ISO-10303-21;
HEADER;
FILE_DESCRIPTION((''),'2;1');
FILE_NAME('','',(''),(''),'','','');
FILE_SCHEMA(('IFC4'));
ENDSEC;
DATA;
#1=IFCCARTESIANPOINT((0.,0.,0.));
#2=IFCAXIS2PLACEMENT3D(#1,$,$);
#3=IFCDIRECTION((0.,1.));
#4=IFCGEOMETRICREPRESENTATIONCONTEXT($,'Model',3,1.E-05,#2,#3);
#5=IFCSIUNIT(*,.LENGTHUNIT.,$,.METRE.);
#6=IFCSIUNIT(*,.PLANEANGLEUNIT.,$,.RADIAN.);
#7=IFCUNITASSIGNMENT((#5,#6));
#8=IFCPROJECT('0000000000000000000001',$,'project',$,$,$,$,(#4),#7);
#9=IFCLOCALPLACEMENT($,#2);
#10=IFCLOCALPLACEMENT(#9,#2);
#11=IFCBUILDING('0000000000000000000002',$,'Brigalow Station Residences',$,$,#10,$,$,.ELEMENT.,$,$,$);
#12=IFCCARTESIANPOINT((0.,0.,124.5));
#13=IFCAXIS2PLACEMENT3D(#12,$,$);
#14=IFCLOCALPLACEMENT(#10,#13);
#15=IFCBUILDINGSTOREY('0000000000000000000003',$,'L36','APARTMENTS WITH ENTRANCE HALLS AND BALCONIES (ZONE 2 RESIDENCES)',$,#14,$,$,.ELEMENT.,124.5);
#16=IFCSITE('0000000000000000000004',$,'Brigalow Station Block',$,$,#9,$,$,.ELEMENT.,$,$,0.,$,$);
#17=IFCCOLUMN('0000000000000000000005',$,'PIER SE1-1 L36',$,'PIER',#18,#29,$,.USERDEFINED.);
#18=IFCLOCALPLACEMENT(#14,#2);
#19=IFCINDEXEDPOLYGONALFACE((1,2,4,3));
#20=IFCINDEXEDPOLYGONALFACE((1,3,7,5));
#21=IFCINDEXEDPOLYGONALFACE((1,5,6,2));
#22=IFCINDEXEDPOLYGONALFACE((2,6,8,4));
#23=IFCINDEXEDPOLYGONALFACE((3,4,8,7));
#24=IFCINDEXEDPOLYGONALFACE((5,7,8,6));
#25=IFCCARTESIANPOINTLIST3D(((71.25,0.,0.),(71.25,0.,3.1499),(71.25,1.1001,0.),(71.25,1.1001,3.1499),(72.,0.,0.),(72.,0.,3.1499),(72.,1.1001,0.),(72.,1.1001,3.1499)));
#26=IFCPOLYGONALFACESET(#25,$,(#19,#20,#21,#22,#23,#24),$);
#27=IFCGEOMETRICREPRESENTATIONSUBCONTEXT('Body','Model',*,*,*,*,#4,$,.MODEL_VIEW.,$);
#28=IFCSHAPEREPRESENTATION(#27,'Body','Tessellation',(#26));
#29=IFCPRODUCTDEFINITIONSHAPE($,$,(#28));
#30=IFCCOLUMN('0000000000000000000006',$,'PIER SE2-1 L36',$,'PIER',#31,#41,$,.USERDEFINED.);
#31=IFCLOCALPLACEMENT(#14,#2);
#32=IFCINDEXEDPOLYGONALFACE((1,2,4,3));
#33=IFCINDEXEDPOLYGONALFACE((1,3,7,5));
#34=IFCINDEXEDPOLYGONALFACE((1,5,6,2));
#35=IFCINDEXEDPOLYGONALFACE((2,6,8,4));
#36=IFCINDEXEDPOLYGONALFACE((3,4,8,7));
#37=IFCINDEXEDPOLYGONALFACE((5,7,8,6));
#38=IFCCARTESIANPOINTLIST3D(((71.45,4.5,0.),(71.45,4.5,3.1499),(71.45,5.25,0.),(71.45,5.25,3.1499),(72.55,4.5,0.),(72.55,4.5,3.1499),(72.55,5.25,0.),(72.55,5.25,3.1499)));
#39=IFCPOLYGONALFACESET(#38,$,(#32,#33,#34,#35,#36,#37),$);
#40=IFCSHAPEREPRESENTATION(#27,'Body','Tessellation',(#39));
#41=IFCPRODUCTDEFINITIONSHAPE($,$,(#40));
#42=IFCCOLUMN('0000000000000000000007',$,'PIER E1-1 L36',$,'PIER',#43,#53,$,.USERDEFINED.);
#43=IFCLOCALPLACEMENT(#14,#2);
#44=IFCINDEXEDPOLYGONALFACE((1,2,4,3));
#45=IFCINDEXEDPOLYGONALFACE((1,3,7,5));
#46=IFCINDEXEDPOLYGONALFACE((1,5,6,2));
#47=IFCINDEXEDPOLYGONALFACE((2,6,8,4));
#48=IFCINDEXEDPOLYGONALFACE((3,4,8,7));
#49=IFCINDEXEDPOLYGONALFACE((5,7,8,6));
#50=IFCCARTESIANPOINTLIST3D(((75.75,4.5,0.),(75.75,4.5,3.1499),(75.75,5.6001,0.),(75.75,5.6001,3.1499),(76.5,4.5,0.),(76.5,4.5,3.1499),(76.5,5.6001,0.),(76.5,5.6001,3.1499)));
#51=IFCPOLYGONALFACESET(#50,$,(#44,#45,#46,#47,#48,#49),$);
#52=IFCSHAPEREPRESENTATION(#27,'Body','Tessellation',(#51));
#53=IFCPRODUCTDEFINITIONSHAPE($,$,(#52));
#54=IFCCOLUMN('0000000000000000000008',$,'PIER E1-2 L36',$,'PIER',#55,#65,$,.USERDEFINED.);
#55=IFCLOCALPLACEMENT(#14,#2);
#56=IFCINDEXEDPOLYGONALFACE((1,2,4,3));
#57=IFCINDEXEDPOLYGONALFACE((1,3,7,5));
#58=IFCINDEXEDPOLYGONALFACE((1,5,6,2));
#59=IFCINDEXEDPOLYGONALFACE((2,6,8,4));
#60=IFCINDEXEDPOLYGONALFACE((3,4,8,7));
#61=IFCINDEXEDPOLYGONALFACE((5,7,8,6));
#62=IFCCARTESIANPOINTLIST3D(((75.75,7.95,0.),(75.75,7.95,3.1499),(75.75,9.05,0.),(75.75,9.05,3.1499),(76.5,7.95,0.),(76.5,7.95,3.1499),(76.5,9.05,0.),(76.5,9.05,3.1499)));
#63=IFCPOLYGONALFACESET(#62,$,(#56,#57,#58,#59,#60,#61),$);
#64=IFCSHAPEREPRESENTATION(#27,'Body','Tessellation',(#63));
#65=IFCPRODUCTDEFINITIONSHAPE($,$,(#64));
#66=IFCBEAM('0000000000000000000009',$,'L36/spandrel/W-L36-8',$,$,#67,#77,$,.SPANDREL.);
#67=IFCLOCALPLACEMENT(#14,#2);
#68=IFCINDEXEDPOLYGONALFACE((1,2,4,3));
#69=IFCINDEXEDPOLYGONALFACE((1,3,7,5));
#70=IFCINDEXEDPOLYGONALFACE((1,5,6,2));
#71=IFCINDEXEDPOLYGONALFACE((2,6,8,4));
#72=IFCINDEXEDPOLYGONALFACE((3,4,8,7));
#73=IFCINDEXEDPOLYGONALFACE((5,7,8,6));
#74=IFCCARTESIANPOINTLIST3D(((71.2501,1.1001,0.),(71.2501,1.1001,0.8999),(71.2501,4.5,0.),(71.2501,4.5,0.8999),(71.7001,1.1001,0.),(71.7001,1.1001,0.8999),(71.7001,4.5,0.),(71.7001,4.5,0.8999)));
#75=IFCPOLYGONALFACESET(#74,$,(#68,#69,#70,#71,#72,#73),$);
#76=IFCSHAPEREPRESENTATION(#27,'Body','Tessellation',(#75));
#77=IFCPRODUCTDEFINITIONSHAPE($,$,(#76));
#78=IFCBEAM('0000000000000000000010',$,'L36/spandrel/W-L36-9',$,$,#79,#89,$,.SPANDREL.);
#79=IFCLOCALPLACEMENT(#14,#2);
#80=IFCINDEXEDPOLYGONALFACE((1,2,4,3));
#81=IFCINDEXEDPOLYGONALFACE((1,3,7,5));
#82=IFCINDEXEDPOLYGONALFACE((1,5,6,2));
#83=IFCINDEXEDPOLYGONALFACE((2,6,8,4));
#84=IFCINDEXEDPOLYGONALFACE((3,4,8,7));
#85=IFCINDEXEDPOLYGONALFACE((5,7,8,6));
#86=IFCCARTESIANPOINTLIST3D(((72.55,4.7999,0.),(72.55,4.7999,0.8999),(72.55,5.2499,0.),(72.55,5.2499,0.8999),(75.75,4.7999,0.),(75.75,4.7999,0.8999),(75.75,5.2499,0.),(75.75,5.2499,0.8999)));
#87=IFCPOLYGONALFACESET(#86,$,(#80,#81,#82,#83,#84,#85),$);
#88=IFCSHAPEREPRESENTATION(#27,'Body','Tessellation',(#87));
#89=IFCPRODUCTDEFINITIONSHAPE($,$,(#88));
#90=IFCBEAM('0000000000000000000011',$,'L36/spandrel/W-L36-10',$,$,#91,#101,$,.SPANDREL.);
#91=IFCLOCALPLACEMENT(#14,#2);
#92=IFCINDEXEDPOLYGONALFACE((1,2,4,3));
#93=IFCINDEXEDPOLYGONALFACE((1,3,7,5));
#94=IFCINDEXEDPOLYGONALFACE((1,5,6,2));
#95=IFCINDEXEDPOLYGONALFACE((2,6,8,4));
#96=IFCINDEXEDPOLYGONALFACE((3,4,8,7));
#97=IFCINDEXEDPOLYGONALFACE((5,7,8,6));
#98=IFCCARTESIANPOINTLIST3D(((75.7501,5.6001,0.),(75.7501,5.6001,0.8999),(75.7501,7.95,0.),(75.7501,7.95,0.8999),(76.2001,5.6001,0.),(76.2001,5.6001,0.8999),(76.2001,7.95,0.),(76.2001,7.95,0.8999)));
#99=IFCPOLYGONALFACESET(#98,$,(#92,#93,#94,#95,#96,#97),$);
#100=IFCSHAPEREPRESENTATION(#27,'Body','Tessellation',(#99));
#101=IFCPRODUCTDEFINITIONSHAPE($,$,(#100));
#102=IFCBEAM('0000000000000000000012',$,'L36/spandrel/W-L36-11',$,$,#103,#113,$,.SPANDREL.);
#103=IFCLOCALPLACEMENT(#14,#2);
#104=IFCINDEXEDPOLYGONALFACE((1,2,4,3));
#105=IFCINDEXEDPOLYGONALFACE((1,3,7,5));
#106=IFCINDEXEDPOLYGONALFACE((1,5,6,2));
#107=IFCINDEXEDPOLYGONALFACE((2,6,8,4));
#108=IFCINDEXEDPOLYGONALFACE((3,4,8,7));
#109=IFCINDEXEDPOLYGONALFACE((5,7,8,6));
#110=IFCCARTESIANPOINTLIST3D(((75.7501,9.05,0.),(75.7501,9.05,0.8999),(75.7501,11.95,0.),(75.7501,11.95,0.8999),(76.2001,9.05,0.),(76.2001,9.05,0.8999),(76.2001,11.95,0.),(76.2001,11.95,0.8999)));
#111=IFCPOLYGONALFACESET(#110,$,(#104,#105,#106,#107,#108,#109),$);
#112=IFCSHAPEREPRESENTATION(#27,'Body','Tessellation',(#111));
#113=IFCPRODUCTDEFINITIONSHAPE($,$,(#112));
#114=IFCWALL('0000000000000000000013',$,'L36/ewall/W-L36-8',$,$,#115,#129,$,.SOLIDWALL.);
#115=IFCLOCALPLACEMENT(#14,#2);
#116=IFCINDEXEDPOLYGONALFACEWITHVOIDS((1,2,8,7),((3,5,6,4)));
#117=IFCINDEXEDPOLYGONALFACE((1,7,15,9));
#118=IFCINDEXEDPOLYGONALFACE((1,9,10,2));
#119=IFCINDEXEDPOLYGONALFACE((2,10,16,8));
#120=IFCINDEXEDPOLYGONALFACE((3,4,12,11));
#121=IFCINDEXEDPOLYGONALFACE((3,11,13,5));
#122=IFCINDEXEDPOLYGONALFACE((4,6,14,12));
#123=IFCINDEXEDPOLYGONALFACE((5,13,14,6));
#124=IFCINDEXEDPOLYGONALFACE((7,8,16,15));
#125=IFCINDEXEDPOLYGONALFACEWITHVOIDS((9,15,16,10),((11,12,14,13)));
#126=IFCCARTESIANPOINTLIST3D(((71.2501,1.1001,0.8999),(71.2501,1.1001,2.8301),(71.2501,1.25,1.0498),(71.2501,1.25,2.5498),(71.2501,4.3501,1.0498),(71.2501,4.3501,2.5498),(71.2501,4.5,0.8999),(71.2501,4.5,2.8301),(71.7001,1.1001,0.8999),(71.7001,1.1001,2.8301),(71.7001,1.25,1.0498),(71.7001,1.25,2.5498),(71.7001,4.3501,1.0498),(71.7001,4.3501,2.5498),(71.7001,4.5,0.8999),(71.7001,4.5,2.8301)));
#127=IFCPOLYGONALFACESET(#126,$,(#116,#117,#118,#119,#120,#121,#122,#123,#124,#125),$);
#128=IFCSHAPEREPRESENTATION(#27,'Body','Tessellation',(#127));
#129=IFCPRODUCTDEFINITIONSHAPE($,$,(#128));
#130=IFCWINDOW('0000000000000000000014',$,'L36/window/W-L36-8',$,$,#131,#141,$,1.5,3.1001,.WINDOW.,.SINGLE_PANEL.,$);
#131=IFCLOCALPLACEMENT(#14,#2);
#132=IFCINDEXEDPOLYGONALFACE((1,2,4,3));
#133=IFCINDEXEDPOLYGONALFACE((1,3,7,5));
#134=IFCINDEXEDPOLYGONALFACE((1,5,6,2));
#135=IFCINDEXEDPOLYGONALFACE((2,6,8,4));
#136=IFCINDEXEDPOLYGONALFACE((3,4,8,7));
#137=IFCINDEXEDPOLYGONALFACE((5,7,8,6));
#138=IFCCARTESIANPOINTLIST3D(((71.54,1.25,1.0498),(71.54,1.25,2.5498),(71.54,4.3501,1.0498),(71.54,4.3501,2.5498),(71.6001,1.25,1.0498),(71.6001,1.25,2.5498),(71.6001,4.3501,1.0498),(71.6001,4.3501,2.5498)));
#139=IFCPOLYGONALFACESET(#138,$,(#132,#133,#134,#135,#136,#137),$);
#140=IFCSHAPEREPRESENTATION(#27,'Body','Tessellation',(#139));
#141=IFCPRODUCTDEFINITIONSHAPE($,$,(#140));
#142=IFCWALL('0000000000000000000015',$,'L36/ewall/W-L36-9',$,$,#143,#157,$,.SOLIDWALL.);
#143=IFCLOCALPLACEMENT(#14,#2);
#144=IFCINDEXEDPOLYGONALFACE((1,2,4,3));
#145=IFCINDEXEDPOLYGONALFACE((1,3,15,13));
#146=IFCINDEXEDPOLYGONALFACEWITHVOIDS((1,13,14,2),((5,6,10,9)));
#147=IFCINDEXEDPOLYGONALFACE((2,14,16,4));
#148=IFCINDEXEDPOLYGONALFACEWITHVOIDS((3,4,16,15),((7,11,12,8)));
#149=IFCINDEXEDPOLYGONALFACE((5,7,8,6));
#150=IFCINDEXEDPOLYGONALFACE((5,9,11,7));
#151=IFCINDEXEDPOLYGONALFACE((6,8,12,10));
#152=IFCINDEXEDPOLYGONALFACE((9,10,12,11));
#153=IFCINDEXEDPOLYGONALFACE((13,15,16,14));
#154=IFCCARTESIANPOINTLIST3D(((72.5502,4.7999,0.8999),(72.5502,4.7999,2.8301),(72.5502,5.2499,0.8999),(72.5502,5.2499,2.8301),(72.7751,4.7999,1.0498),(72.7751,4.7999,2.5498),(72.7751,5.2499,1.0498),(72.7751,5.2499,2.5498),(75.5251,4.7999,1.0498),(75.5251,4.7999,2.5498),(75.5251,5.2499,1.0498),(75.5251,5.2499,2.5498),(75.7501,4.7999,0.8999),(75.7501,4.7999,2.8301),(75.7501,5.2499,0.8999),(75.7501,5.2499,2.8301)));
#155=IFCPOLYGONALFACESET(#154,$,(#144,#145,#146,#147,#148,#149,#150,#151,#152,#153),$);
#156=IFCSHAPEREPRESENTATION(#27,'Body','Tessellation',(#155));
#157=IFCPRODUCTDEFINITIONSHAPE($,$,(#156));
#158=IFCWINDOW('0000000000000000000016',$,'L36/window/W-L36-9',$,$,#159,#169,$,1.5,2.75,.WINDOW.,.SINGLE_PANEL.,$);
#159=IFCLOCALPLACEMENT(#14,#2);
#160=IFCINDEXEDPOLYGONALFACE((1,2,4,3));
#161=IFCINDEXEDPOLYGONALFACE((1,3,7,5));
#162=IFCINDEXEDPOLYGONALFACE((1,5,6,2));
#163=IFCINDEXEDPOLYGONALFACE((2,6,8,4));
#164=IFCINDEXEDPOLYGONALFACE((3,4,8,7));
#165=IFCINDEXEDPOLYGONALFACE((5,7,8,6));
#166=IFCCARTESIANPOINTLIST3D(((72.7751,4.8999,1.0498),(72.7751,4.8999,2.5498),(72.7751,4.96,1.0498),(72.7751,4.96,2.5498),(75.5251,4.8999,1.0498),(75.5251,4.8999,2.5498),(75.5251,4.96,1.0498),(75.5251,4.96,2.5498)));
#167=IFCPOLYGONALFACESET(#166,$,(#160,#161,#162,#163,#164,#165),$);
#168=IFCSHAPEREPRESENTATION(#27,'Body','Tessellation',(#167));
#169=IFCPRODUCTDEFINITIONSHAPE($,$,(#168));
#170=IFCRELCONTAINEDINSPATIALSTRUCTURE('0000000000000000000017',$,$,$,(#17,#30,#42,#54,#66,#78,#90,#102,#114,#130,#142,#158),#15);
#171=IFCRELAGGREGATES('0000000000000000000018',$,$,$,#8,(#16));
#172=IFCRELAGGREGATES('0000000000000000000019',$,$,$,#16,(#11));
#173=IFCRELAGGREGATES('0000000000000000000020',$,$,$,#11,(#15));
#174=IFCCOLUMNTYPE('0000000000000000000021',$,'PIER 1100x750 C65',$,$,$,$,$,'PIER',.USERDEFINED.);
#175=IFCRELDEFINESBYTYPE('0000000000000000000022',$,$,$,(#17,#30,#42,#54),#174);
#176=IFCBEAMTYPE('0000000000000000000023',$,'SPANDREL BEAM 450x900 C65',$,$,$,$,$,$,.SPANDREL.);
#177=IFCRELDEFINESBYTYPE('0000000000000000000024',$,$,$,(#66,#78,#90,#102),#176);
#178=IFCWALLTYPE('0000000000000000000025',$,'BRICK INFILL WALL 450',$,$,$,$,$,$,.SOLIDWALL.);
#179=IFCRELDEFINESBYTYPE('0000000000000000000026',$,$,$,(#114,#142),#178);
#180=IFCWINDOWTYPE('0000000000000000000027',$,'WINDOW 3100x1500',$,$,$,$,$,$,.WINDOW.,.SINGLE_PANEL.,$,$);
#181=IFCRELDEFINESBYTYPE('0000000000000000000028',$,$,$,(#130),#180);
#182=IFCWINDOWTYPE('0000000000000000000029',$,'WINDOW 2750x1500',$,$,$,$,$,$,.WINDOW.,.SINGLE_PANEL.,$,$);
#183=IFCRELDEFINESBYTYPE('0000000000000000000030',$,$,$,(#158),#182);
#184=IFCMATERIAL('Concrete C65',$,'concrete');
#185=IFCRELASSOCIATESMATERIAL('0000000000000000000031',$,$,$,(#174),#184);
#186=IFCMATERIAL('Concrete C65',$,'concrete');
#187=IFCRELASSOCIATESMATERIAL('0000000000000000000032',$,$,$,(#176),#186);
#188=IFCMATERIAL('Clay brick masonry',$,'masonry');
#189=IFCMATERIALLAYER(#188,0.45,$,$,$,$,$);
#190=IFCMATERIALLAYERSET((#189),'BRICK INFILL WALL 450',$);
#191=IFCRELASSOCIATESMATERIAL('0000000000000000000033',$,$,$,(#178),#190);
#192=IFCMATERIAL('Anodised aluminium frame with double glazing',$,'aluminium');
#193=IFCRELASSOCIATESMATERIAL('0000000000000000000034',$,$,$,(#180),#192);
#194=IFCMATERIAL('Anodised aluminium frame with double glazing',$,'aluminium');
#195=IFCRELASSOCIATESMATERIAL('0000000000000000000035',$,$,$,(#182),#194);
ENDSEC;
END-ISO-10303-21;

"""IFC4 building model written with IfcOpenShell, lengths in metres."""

from ifc_helpers import new_model, si_unit, direction, frame, frame_2d, origin, origin_2d, place, context, subcontext, project, spatial, rectangle, extrude, material, layer, layer_set, material_profile, profile_set, type_object, element, fill, save


model = new_model("IFC4")

# Units and contexts
model_context = context("Model", 3, precision=1e-05, world=origin(), true_north=direction((0.0, 1.0)))
body_context = subcontext(model_context, "Body", "Model", "MODEL_VIEW")
ifc_project = project(units=[si_unit("LENGTHUNIT", "METRE"), si_unit("PLANEANGLEUNIT", "RADIAN")], contexts=[model_context])

# Site, building, storey
site_placement = place(None, origin())
site = spatial("IfcSite", under=ifc_project, at=site_placement, Name="Brigalow Station Block", CompositionType="ELEMENT", RefElevation=0.0)
building_placement = place(site_placement, origin())
building = spatial("IfcBuilding", under=site, at=building_placement, Name="Brigalow Station Residences", CompositionType="ELEMENT")
storey_placement = place(building_placement, frame((0.0, 0.0, 124.5)))
storey = spatial("IfcBuildingStorey", under=building, at=storey_placement, Name="L36", Description="APARTMENTS WITH ENTRANCE HALLS AND BALCONIES (ZONE 2 RESIDENCES)", CompositionType="ELEMENT", Elevation=124.5)

# Columns
ifc_material_1 = material(Name="Concrete C65", Category="concrete")
ifc_material_profile_1 = material_profile(ifc_material_1, rectangle(XDim=1.1001, YDim=0.75, at=origin_2d()), Name="RC1100x750")
ifc_profile_set_1 = profile_set([ifc_material_profile_1], Name="Concrete C65")
column_type = type_object("IfcColumnType", Name="PIER 1100x750 C65", ElementType="PIER", PredefinedType="USERDEFINED", material=ifc_profile_set_1)
for number, where, z_axis, x_axis, name in (
    (1, (71.625, 0.55, 0.0), (0.0, 0.0, 1.0), (0.0, 1.0, 0.0), "PIER SE1-1 L36"),
    (2, (72.0, 4.875, 0.0), (0.0, 0.0, 1.0), (1.0, 0.0, 0.0), "PIER SE2-1 L36"),
    (3, (76.125, 5.05, 0.0), (0.0, 0.0, 1.0), (0.0, 1.0, 0.0), "PIER E1-1 L36"),
    (4, (76.125, 8.5, 0.0), (0.0, 0.0, 1.0), (0.0, 1.0, 0.0), "PIER E1-2 L36"),
):
    element("IfcColumn", number, at=place(storey_placement, frame(where, z_axis=z_axis, x_axis=x_axis)), inside=storey, type_object=column_type, Name=name, ObjectType="PIER", PredefinedType="USERDEFINED", context=body_context, shape_type="SweptSolid", body=[
        extrude(rectangle(XDim=1.1001, YDim=0.75, at=origin_2d()), origin(), (0.0, 0.0, 1.0), 3.1499),
    ])

# Beams
ifc_material_2 = material(Name="Concrete C65", Category="concrete")
ifc_material_profile_2 = material_profile(ifc_material_2, rectangle(XDim=0.45, YDim=0.8999, at=origin_2d()), Name="RC450x900")
ifc_profile_set_2 = profile_set([ifc_material_profile_2], Name="Concrete C65")
beam_type = type_object("IfcBeamType", Name="SPANDREL BEAM 450x900 C65", PredefinedType="SPANDREL", material=ifc_profile_set_2)
beam_1_placement = place(storey_placement, frame((71.4751, 1.1001, 0.45), z_axis=(0.0, 1.0, 0.0), x_axis=(-1.0, 0.0, 0.0)))
element("IfcBeam", 5, at=beam_1_placement, inside=storey, type_object=beam_type, Name="L36/spandrel/W-L36-8", PredefinedType="SPANDREL", context=body_context, shape_type="SweptSolid", body=[
    extrude(rectangle(XDim=0.45, YDim=0.8999, at=origin_2d()), origin(), (0.0, 0.0, 1.0), 3.3999),
])
beam_2_placement = place(storey_placement, frame((72.55, 5.0249, 0.45), z_axis=(1.0, 0.0, 0.0), x_axis=(0.0, 1.0, 0.0)))
element("IfcBeam", 6, at=beam_2_placement, inside=storey, type_object=beam_type, Name="L36/spandrel/W-L36-9", PredefinedType="SPANDREL", context=body_context, shape_type="SweptSolid", body=[
    extrude(rectangle(XDim=0.45, YDim=0.8999, at=origin_2d()), origin(), (0.0, 0.0, 1.0), 3.2),
])
beam_3_placement = place(storey_placement, frame((75.9751, 5.6001, 0.45), z_axis=(0.0, 1.0, 0.0), x_axis=(-1.0, 0.0, 0.0)))
element("IfcBeam", 7, at=beam_3_placement, inside=storey, type_object=beam_type, Name="L36/spandrel/W-L36-10", PredefinedType="SPANDREL", context=body_context, shape_type="SweptSolid", body=[
    extrude(rectangle(XDim=0.45, YDim=0.8999, at=origin_2d()), origin(), (0.0, 0.0, 1.0), 2.3499),
])
beam_4_placement = place(storey_placement, frame((75.9751, 9.05, 0.45), z_axis=(0.0, 1.0, 0.0), x_axis=(-1.0, 0.0, 0.0)))
element("IfcBeam", 8, at=beam_4_placement, inside=storey, type_object=beam_type, Name="L36/spandrel/W-L36-11", PredefinedType="SPANDREL", context=body_context, shape_type="SweptSolid", body=[
    extrude(rectangle(XDim=0.45, YDim=0.8999, at=origin_2d()), origin(), (0.0, 0.0, 1.0), 2.8999),
])

# Walls, openings, windows
ifc_material_3 = material(Name="Clay brick masonry", Category="masonry")
ifc_layer_1 = layer(ifc_material_3, 0.45)
ifc_layer_set_1 = layer_set([ifc_layer_1], Name="BRICK INFILL WALL 450")
wall_type_1 = type_object("IfcWallType", Name="BRICK INFILL WALL 450", PredefinedType="SOLIDWALL", material=ifc_layer_set_1)
wall_1_placement = place(storey_placement, frame((71.4751, 1.1001, 0.8999), z_axis=(0.0, 0.0, 1.0), x_axis=(0.0, 1.0, 0.0)))
wall_1 = element("IfcWall", 9, at=wall_1_placement, inside=storey, type_object=wall_type_1, Name="L36/ewall/W-L36-8", PredefinedType="SOLIDWALL", context=body_context, shape_type="SweptSolid", body=[
    extrude(rectangle(XDim=3.3999, YDim=0.45, at=frame_2d((1.7, 0.0))), origin(), (0.0, 0.0, 1.0), 1.9302),
])
opening_1_placement = place(wall_1_placement, frame((0.1499, 0.0, 0.1499)))
opening_1 = element("IfcOpeningElement", 10, at=opening_1_placement, cuts=wall_1, PredefinedType="OPENING", context=body_context, shape_type="SweptSolid", body=[
    extrude(rectangle(XDim=3.1001, YDim=1.5, at=frame_2d((1.55, 0.75))), frame((0.0, 0.2349, 0.0), z_axis=(0.0, -1.0, 0.0), x_axis=(1.0, 0.0, 0.0)), (0.0, 0.0, 1.0), 0.47),
])
ifc_material_4 = material(Name="Anodised aluminium frame with double glazing", Category="aluminium")
window_type_1 = type_object("IfcWindowType", Name="WINDOW 3100x1500", PartitioningType="SINGLE_PANEL", PredefinedType="WINDOW", material=ifc_material_4)
window_1_placement = place(opening_1_placement, origin())
window_1 = element("IfcWindow", 11, at=window_1_placement, inside=storey, type_object=window_type_1, Name="L36/window/W-L36-8", OverallHeight=1.5, OverallWidth=3.1001, PartitioningType="SINGLE_PANEL", PredefinedType="WINDOW", context=body_context, shape_type="SweptSolid", body=[
    extrude(rectangle(XDim=3.1001, YDim=1.5, at=frame_2d((1.55, 0.75))), frame((0.0, -0.0649, 0.0), z_axis=(0.0, -1.0, 0.0), x_axis=(1.0, 0.0, 0.0)), (0.0, 0.0, 1.0), 0.0601),
])
fill(opening_1, window_1)
wall_2_placement = place(storey_placement, frame((72.55, 5.0249, 0.8999), z_axis=(0.0, 0.0, 1.0), x_axis=(1.0, 0.0, 0.0)))
wall_2 = element("IfcWall", 12, at=wall_2_placement, inside=storey, type_object=wall_type_1, Name="L36/ewall/W-L36-9", PredefinedType="SOLIDWALL", context=body_context, shape_type="SweptSolid", body=[
    extrude(rectangle(XDim=3.2, YDim=0.45, at=frame_2d((1.6001, 0.0))), origin(), (0.0, 0.0, 1.0), 1.9302),
])
opening_2_placement = place(wall_2_placement, frame((0.2251, 0.0, 0.1499)))
opening_2 = element("IfcOpeningElement", 13, at=opening_2_placement, cuts=wall_2, PredefinedType="OPENING", context=body_context, shape_type="SweptSolid", body=[
    extrude(rectangle(XDim=2.75, YDim=1.5, at=frame_2d((1.375, 0.75))), frame((0.0, 0.2349, 0.0), z_axis=(0.0, -1.0, 0.0), x_axis=(1.0, 0.0, 0.0)), (0.0, 0.0, 1.0), 0.47),
])
ifc_material_5 = material(Name="Anodised aluminium frame with double glazing", Category="aluminium")
window_type_2 = type_object("IfcWindowType", Name="WINDOW 2750x1500", PartitioningType="SINGLE_PANEL", PredefinedType="WINDOW", material=ifc_material_5)
window_2_placement = place(opening_2_placement, origin())
window_2 = element("IfcWindow", 14, at=window_2_placement, inside=storey, type_object=window_type_2, Name="L36/window/W-L36-9", OverallHeight=1.5, OverallWidth=2.75, PartitioningType="SINGLE_PANEL", PredefinedType="WINDOW", context=body_context, shape_type="SweptSolid", body=[
    extrude(rectangle(XDim=2.75, YDim=1.5, at=frame_2d((1.375, 0.75))), frame((0.0, -0.0649, 0.0), z_axis=(0.0, -1.0, 0.0), x_axis=(1.0, 0.0, 0.0)), (0.0, 0.0, 1.0), 0.0601),
])
fill(opening_2, window_2)

save(model, "model.ifc")
